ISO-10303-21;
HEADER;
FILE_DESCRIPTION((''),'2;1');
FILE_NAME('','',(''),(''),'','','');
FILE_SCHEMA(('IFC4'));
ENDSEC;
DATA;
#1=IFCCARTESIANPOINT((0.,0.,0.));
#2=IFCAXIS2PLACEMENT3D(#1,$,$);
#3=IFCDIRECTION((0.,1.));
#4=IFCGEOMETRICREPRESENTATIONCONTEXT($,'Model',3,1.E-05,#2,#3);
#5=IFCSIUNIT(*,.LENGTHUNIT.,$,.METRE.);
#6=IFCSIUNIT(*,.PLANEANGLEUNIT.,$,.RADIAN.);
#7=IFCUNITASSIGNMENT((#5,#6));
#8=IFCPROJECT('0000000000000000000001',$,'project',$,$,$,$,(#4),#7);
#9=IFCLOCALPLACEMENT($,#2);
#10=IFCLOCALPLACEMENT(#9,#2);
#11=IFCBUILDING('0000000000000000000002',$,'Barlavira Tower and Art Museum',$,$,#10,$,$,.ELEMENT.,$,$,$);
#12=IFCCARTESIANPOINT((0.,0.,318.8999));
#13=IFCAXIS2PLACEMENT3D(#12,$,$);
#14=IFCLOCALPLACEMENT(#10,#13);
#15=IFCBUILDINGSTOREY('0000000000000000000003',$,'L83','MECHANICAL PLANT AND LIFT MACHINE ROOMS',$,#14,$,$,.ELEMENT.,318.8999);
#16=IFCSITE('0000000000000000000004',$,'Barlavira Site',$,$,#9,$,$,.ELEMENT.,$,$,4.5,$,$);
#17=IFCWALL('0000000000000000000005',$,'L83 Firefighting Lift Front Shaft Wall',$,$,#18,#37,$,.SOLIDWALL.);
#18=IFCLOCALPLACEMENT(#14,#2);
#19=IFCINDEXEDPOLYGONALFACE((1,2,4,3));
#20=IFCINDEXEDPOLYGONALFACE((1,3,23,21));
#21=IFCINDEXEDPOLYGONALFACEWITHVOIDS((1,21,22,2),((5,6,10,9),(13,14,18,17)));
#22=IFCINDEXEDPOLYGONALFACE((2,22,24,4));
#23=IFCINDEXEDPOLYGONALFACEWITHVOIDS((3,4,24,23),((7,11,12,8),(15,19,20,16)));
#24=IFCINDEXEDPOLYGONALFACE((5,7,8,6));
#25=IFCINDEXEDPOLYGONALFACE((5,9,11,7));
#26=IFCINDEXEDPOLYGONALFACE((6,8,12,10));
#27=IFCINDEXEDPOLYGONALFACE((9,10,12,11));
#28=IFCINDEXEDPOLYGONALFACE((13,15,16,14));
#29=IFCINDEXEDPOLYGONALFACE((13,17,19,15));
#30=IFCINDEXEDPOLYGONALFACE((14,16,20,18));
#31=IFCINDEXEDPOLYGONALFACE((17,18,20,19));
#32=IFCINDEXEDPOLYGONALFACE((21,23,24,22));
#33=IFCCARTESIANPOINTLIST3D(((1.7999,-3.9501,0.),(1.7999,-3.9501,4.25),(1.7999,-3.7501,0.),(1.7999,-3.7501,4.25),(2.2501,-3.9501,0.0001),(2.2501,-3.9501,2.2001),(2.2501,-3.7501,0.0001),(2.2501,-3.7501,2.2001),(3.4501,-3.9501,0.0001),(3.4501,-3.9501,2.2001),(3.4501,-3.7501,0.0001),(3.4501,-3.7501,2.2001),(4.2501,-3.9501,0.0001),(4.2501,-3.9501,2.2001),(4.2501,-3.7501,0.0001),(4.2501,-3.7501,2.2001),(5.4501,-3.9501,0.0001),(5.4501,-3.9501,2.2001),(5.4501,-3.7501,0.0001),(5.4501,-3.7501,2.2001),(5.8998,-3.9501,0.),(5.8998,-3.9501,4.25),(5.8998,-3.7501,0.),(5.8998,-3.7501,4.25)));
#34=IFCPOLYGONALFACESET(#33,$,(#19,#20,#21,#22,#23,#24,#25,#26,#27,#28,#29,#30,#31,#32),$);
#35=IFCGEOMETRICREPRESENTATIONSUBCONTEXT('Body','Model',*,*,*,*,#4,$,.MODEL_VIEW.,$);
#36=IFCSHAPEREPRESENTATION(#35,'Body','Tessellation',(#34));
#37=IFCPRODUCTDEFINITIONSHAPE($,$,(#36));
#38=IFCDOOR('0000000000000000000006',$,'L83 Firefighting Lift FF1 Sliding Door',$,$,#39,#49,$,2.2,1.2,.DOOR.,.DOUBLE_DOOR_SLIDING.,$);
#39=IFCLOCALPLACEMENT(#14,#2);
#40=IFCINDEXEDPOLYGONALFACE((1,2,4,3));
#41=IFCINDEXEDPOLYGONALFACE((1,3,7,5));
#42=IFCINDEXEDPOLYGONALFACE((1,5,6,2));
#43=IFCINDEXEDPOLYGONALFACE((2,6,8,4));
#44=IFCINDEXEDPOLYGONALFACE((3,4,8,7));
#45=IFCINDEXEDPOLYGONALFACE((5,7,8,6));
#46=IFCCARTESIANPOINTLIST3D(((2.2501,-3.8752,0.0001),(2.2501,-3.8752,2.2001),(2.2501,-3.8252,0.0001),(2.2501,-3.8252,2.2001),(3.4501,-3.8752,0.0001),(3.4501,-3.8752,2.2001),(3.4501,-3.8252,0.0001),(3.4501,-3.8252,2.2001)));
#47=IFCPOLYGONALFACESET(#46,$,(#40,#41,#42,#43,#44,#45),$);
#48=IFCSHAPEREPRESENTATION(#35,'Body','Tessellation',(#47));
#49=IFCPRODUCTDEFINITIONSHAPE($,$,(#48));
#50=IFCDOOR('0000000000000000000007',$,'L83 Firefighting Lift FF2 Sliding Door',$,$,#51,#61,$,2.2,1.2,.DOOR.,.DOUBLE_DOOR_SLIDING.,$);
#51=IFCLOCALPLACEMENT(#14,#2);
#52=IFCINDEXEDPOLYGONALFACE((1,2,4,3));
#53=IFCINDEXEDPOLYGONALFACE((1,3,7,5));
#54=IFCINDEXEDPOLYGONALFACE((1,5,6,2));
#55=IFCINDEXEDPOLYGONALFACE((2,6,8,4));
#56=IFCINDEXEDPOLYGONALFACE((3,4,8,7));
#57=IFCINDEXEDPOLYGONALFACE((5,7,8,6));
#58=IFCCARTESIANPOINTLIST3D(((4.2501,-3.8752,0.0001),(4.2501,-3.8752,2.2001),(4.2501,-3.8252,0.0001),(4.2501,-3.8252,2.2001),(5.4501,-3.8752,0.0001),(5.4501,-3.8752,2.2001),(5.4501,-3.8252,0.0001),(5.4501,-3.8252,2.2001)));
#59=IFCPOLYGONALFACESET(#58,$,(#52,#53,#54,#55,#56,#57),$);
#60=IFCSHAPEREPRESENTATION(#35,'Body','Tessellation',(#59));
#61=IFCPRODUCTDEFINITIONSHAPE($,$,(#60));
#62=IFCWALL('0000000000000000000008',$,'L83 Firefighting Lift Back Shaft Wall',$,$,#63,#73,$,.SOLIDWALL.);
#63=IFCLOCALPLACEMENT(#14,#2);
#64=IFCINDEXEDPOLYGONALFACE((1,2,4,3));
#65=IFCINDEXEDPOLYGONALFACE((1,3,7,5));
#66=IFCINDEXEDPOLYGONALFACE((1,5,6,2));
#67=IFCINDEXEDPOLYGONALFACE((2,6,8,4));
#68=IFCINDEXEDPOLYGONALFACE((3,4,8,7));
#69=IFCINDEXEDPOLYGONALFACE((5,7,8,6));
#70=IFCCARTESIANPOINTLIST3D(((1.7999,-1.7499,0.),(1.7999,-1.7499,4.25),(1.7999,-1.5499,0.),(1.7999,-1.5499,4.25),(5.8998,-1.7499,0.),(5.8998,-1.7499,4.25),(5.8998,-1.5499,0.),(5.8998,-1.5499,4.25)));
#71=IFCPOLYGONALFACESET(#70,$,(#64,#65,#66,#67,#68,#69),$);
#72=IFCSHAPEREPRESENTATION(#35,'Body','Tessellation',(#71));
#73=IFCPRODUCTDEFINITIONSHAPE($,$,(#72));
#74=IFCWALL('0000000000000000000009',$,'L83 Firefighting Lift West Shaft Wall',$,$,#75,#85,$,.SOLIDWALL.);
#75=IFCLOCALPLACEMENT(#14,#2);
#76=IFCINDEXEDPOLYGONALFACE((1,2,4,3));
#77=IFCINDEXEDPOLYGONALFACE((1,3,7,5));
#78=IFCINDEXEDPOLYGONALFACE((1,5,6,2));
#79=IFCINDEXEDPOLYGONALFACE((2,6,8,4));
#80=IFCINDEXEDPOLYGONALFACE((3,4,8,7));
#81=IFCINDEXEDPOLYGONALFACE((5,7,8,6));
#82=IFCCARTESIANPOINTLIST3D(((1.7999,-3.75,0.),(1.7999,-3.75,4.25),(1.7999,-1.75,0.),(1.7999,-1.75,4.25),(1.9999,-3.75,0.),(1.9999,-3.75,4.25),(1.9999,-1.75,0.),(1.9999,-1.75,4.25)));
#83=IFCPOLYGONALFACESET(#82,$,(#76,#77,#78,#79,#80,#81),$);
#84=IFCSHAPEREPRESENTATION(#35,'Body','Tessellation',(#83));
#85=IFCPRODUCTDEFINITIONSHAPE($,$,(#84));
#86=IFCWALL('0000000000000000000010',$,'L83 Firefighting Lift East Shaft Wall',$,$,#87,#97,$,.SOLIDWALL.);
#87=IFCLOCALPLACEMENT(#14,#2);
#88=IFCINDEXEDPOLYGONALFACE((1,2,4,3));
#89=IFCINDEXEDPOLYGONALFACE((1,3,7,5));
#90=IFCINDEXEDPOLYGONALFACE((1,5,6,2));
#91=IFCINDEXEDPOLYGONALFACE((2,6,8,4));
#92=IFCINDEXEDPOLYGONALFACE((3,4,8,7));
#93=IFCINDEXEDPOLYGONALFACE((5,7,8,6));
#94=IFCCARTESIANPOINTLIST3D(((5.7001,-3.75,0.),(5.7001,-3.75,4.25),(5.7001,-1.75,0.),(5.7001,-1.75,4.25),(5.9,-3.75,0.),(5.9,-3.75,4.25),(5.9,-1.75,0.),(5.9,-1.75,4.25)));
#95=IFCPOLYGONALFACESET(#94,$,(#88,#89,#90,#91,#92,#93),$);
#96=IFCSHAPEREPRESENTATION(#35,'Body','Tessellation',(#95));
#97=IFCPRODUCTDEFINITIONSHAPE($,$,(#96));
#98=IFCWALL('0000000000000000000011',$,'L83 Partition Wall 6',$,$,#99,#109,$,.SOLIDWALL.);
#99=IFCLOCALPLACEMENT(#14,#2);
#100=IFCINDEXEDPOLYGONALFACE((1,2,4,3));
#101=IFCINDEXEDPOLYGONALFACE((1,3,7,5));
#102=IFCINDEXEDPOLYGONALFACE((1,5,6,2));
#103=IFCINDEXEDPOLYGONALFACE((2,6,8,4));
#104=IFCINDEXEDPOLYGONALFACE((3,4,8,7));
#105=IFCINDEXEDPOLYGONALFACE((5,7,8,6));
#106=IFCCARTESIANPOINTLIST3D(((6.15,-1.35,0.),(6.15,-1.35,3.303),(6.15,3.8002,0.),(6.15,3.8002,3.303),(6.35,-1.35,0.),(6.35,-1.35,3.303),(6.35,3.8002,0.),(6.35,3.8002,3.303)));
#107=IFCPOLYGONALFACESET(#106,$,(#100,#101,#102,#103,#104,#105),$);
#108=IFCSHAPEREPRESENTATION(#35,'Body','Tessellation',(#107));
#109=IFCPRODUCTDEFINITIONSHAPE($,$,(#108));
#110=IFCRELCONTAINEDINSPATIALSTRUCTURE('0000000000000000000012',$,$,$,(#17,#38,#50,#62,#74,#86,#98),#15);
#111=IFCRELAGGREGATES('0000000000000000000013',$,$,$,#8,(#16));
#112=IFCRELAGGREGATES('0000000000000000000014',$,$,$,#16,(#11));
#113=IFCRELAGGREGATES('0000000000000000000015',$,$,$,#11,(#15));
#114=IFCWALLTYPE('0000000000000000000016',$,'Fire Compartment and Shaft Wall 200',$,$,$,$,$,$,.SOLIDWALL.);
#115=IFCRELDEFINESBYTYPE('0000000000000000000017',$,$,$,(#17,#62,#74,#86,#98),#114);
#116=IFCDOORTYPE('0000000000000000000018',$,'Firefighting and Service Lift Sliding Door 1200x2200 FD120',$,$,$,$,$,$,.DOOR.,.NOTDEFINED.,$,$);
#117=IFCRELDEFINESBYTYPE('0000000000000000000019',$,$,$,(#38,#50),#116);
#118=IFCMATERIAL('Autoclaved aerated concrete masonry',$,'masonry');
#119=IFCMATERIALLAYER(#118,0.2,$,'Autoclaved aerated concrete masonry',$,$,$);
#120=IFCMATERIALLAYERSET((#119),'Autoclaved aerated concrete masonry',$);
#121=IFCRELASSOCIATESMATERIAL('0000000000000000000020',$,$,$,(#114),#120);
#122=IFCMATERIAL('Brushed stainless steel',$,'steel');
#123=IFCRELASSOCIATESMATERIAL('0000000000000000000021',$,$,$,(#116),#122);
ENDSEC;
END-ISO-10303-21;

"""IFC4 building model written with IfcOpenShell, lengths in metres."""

from ifc_helpers import new_model, si_unit, direction, frame, frame_2d, origin, place, context, subcontext, project, spatial, rectangle, extrude, material, layer, layer_set, type_object, element, fill, save


model = new_model("IFC4")

# Units and contexts
model_context = context("Model", 3, precision=1e-05, world=origin(), true_north=direction((0.0, 1.0)))
body_context = subcontext(model_context, "Body", "Model", "MODEL_VIEW")
ifc_project = project(units=[si_unit("LENGTHUNIT", "METRE"), si_unit("PLANEANGLEUNIT", "RADIAN")], contexts=[model_context])

# Site, building, storey
site_placement = place(None, origin())
site = spatial("IfcSite", under=ifc_project, at=site_placement, Name="Barlavira Site", CompositionType="ELEMENT", RefElevation=4.5)
building_placement = place(site_placement, origin())
building = spatial("IfcBuilding", under=site, at=building_placement, Name="Barlavira Tower and Art Museum", CompositionType="ELEMENT")
storey_placement = place(building_placement, frame((0.0, 0.0, 318.8999)))
storey = spatial("IfcBuildingStorey", under=building, at=storey_placement, Name="L83", Description="MECHANICAL PLANT AND LIFT MACHINE ROOMS", CompositionType="ELEMENT", Elevation=318.8999)

# Shared definitions
ifc_material_1 = material(Name="Brushed stainless steel", Category="steel")

# Wall, openings, doors
ifc_material_2 = material(Name="Autoclaved aerated concrete masonry", Category="masonry")
ifc_layer_1 = layer(ifc_material_2, 0.2, Name="Autoclaved aerated concrete masonry")
ifc_layer_set_1 = layer_set([ifc_layer_1], Name="Autoclaved aerated concrete masonry")
wall_type_1 = type_object("IfcWallType", Name="Fire Compartment and Shaft Wall 200", PredefinedType="SOLIDWALL", material=ifc_layer_set_1)
wall_1_placement = place(storey_placement, frame((1.8, -3.8501, 0.0), z_axis=(0.0, 0.0, 1.0), x_axis=(1.0, 0.0, 0.0)))
wall_1 = element("IfcWall", 1, at=wall_1_placement, inside=storey, type_object=wall_type_1, Name="L83 Firefighting Lift Front Shaft Wall", PredefinedType="SOLIDWALL", context=body_context, shape_type="SweptSolid", body=[
    extrude(rectangle(XDim=4.0999, YDim=0.2, at=frame_2d((2.0498, 0.0))), origin(), (0.0, 0.0, 1.0), 4.25),
])
opening_1_placement = place(wall_1_placement, frame((0.45, 0.0, 0.0)))
opening_1 = element("IfcOpeningElement", 2, at=opening_1_placement, cuts=wall_1, PredefinedType="OPENING", context=body_context, shape_type="SweptSolid", body=[
    extrude(rectangle(XDim=1.2, YDim=2.2, at=frame_2d((0.6001, 1.1001))), frame((0.0, 0.1099, 0.0), z_axis=(0.0, -1.0, 0.0), x_axis=(1.0, 0.0, 0.0)), (0.0, 0.0, 1.0), 0.22),
])
opening_2_placement = place(wall_1_placement, frame((2.45, 0.0, 0.0)))
opening_2 = element("IfcOpeningElement", 3, at=opening_2_placement, cuts=wall_1, PredefinedType="OPENING", context=body_context, shape_type="SweptSolid", body=[
    extrude(rectangle(XDim=1.2, YDim=2.2, at=frame_2d((0.6001, 1.1001))), frame((0.0, 0.1099, 0.0), z_axis=(0.0, -1.0, 0.0), x_axis=(1.0, 0.0, 0.0)), (0.0, 0.0, 1.0), 0.22),
])
door_type_1 = type_object("IfcDoorType", Name="Firefighting and Service Lift Sliding Door 1200x2200 FD120", OperationType="NOTDEFINED", PredefinedType="DOOR", material=ifc_material_1)
door_1_placement = place(opening_1_placement, origin())
door_1 = element("IfcDoor", 4, at=door_1_placement, inside=storey, type_object=door_type_1, Name="L83 Firefighting Lift FF1 Sliding Door", OperationType="DOUBLE_DOOR_SLIDING", OverallHeight=2.2, OverallWidth=1.2, PredefinedType="DOOR", context=body_context, shape_type="SweptSolid", body=[
    extrude(rectangle(XDim=1.2, YDim=2.2, at=frame_2d((0.6001, 1.1001))), frame((0.0, 0.0249, 0.0), z_axis=(0.0, -1.0, 0.0), x_axis=(1.0, 0.0, 0.0)), (0.0, 0.0, 1.0), 0.05),
])
fill(opening_1, door_1)
door_2_placement = place(opening_2_placement, origin())
door_2 = element("IfcDoor", 5, at=door_2_placement, inside=storey, type_object=door_type_1, Name="L83 Firefighting Lift FF2 Sliding Door", OperationType="DOUBLE_DOOR_SLIDING", OverallHeight=2.2, OverallWidth=1.2, PredefinedType="DOOR", context=body_context, shape_type="SweptSolid", body=[
    extrude(rectangle(XDim=1.2, YDim=2.2, at=frame_2d((0.6001, 1.1001))), frame((0.0, 0.0249, 0.0), z_axis=(0.0, -1.0, 0.0), x_axis=(1.0, 0.0, 0.0)), (0.0, 0.0, 1.0), 0.05),
])
fill(opening_2, door_2)

# Walls
wall_2_placement = place(storey_placement, frame((1.8, -1.6499, 0.0), z_axis=(0.0, 0.0, 1.0), x_axis=(1.0, 0.0, 0.0)))
element("IfcWall", 6, at=wall_2_placement, inside=storey, type_object=wall_type_1, Name="L83 Firefighting Lift Back Shaft Wall", PredefinedType="SOLIDWALL", context=body_context, shape_type="SweptSolid", body=[
    extrude(rectangle(XDim=4.0999, YDim=0.2, at=frame_2d((2.0498, 0.0))), origin(), (0.0, 0.0, 1.0), 4.25),
])
for number, where, z_axis, x_axis, name in (
    (7, (1.8999, -3.75, 0.0), (0.0, 0.0, 1.0), (0.0, 1.0, 0.0), "L83 Firefighting Lift West Shaft Wall"),
    (8, (5.8, -3.75, 0.0), (0.0, 0.0, 1.0), (0.0, 1.0, 0.0), "L83 Firefighting Lift East Shaft Wall"),
):
    element("IfcWall", number, at=place(storey_placement, frame(where, z_axis=z_axis, x_axis=x_axis)), inside=storey, type_object=wall_type_1, Name=name, PredefinedType="SOLIDWALL", context=body_context, shape_type="SweptSolid", body=[
        extrude(rectangle(XDim=2.0, YDim=0.2, at=frame_2d((1.0, 0.0))), origin(), (0.0, 0.0, 1.0), 4.25),
    ])

# Wall
wall_3_placement = place(storey_placement, frame((6.25, -1.3501, 0.0), z_axis=(0.0, 0.0, 1.0), x_axis=(0.0, 1.0, 0.0)))
element("IfcWall", 9, at=wall_3_placement, inside=storey, type_object=wall_type_1, Name="L83 Partition Wall 6", PredefinedType="SOLIDWALL", context=body_context, shape_type="SweptSolid", body=[
    extrude(rectangle(XDim=5.1501, YDim=0.2, at=frame_2d((2.5752, 0.0))), origin(), (0.0, 0.0, 1.0), 3.303),
])

save(model, "model.ifc")
